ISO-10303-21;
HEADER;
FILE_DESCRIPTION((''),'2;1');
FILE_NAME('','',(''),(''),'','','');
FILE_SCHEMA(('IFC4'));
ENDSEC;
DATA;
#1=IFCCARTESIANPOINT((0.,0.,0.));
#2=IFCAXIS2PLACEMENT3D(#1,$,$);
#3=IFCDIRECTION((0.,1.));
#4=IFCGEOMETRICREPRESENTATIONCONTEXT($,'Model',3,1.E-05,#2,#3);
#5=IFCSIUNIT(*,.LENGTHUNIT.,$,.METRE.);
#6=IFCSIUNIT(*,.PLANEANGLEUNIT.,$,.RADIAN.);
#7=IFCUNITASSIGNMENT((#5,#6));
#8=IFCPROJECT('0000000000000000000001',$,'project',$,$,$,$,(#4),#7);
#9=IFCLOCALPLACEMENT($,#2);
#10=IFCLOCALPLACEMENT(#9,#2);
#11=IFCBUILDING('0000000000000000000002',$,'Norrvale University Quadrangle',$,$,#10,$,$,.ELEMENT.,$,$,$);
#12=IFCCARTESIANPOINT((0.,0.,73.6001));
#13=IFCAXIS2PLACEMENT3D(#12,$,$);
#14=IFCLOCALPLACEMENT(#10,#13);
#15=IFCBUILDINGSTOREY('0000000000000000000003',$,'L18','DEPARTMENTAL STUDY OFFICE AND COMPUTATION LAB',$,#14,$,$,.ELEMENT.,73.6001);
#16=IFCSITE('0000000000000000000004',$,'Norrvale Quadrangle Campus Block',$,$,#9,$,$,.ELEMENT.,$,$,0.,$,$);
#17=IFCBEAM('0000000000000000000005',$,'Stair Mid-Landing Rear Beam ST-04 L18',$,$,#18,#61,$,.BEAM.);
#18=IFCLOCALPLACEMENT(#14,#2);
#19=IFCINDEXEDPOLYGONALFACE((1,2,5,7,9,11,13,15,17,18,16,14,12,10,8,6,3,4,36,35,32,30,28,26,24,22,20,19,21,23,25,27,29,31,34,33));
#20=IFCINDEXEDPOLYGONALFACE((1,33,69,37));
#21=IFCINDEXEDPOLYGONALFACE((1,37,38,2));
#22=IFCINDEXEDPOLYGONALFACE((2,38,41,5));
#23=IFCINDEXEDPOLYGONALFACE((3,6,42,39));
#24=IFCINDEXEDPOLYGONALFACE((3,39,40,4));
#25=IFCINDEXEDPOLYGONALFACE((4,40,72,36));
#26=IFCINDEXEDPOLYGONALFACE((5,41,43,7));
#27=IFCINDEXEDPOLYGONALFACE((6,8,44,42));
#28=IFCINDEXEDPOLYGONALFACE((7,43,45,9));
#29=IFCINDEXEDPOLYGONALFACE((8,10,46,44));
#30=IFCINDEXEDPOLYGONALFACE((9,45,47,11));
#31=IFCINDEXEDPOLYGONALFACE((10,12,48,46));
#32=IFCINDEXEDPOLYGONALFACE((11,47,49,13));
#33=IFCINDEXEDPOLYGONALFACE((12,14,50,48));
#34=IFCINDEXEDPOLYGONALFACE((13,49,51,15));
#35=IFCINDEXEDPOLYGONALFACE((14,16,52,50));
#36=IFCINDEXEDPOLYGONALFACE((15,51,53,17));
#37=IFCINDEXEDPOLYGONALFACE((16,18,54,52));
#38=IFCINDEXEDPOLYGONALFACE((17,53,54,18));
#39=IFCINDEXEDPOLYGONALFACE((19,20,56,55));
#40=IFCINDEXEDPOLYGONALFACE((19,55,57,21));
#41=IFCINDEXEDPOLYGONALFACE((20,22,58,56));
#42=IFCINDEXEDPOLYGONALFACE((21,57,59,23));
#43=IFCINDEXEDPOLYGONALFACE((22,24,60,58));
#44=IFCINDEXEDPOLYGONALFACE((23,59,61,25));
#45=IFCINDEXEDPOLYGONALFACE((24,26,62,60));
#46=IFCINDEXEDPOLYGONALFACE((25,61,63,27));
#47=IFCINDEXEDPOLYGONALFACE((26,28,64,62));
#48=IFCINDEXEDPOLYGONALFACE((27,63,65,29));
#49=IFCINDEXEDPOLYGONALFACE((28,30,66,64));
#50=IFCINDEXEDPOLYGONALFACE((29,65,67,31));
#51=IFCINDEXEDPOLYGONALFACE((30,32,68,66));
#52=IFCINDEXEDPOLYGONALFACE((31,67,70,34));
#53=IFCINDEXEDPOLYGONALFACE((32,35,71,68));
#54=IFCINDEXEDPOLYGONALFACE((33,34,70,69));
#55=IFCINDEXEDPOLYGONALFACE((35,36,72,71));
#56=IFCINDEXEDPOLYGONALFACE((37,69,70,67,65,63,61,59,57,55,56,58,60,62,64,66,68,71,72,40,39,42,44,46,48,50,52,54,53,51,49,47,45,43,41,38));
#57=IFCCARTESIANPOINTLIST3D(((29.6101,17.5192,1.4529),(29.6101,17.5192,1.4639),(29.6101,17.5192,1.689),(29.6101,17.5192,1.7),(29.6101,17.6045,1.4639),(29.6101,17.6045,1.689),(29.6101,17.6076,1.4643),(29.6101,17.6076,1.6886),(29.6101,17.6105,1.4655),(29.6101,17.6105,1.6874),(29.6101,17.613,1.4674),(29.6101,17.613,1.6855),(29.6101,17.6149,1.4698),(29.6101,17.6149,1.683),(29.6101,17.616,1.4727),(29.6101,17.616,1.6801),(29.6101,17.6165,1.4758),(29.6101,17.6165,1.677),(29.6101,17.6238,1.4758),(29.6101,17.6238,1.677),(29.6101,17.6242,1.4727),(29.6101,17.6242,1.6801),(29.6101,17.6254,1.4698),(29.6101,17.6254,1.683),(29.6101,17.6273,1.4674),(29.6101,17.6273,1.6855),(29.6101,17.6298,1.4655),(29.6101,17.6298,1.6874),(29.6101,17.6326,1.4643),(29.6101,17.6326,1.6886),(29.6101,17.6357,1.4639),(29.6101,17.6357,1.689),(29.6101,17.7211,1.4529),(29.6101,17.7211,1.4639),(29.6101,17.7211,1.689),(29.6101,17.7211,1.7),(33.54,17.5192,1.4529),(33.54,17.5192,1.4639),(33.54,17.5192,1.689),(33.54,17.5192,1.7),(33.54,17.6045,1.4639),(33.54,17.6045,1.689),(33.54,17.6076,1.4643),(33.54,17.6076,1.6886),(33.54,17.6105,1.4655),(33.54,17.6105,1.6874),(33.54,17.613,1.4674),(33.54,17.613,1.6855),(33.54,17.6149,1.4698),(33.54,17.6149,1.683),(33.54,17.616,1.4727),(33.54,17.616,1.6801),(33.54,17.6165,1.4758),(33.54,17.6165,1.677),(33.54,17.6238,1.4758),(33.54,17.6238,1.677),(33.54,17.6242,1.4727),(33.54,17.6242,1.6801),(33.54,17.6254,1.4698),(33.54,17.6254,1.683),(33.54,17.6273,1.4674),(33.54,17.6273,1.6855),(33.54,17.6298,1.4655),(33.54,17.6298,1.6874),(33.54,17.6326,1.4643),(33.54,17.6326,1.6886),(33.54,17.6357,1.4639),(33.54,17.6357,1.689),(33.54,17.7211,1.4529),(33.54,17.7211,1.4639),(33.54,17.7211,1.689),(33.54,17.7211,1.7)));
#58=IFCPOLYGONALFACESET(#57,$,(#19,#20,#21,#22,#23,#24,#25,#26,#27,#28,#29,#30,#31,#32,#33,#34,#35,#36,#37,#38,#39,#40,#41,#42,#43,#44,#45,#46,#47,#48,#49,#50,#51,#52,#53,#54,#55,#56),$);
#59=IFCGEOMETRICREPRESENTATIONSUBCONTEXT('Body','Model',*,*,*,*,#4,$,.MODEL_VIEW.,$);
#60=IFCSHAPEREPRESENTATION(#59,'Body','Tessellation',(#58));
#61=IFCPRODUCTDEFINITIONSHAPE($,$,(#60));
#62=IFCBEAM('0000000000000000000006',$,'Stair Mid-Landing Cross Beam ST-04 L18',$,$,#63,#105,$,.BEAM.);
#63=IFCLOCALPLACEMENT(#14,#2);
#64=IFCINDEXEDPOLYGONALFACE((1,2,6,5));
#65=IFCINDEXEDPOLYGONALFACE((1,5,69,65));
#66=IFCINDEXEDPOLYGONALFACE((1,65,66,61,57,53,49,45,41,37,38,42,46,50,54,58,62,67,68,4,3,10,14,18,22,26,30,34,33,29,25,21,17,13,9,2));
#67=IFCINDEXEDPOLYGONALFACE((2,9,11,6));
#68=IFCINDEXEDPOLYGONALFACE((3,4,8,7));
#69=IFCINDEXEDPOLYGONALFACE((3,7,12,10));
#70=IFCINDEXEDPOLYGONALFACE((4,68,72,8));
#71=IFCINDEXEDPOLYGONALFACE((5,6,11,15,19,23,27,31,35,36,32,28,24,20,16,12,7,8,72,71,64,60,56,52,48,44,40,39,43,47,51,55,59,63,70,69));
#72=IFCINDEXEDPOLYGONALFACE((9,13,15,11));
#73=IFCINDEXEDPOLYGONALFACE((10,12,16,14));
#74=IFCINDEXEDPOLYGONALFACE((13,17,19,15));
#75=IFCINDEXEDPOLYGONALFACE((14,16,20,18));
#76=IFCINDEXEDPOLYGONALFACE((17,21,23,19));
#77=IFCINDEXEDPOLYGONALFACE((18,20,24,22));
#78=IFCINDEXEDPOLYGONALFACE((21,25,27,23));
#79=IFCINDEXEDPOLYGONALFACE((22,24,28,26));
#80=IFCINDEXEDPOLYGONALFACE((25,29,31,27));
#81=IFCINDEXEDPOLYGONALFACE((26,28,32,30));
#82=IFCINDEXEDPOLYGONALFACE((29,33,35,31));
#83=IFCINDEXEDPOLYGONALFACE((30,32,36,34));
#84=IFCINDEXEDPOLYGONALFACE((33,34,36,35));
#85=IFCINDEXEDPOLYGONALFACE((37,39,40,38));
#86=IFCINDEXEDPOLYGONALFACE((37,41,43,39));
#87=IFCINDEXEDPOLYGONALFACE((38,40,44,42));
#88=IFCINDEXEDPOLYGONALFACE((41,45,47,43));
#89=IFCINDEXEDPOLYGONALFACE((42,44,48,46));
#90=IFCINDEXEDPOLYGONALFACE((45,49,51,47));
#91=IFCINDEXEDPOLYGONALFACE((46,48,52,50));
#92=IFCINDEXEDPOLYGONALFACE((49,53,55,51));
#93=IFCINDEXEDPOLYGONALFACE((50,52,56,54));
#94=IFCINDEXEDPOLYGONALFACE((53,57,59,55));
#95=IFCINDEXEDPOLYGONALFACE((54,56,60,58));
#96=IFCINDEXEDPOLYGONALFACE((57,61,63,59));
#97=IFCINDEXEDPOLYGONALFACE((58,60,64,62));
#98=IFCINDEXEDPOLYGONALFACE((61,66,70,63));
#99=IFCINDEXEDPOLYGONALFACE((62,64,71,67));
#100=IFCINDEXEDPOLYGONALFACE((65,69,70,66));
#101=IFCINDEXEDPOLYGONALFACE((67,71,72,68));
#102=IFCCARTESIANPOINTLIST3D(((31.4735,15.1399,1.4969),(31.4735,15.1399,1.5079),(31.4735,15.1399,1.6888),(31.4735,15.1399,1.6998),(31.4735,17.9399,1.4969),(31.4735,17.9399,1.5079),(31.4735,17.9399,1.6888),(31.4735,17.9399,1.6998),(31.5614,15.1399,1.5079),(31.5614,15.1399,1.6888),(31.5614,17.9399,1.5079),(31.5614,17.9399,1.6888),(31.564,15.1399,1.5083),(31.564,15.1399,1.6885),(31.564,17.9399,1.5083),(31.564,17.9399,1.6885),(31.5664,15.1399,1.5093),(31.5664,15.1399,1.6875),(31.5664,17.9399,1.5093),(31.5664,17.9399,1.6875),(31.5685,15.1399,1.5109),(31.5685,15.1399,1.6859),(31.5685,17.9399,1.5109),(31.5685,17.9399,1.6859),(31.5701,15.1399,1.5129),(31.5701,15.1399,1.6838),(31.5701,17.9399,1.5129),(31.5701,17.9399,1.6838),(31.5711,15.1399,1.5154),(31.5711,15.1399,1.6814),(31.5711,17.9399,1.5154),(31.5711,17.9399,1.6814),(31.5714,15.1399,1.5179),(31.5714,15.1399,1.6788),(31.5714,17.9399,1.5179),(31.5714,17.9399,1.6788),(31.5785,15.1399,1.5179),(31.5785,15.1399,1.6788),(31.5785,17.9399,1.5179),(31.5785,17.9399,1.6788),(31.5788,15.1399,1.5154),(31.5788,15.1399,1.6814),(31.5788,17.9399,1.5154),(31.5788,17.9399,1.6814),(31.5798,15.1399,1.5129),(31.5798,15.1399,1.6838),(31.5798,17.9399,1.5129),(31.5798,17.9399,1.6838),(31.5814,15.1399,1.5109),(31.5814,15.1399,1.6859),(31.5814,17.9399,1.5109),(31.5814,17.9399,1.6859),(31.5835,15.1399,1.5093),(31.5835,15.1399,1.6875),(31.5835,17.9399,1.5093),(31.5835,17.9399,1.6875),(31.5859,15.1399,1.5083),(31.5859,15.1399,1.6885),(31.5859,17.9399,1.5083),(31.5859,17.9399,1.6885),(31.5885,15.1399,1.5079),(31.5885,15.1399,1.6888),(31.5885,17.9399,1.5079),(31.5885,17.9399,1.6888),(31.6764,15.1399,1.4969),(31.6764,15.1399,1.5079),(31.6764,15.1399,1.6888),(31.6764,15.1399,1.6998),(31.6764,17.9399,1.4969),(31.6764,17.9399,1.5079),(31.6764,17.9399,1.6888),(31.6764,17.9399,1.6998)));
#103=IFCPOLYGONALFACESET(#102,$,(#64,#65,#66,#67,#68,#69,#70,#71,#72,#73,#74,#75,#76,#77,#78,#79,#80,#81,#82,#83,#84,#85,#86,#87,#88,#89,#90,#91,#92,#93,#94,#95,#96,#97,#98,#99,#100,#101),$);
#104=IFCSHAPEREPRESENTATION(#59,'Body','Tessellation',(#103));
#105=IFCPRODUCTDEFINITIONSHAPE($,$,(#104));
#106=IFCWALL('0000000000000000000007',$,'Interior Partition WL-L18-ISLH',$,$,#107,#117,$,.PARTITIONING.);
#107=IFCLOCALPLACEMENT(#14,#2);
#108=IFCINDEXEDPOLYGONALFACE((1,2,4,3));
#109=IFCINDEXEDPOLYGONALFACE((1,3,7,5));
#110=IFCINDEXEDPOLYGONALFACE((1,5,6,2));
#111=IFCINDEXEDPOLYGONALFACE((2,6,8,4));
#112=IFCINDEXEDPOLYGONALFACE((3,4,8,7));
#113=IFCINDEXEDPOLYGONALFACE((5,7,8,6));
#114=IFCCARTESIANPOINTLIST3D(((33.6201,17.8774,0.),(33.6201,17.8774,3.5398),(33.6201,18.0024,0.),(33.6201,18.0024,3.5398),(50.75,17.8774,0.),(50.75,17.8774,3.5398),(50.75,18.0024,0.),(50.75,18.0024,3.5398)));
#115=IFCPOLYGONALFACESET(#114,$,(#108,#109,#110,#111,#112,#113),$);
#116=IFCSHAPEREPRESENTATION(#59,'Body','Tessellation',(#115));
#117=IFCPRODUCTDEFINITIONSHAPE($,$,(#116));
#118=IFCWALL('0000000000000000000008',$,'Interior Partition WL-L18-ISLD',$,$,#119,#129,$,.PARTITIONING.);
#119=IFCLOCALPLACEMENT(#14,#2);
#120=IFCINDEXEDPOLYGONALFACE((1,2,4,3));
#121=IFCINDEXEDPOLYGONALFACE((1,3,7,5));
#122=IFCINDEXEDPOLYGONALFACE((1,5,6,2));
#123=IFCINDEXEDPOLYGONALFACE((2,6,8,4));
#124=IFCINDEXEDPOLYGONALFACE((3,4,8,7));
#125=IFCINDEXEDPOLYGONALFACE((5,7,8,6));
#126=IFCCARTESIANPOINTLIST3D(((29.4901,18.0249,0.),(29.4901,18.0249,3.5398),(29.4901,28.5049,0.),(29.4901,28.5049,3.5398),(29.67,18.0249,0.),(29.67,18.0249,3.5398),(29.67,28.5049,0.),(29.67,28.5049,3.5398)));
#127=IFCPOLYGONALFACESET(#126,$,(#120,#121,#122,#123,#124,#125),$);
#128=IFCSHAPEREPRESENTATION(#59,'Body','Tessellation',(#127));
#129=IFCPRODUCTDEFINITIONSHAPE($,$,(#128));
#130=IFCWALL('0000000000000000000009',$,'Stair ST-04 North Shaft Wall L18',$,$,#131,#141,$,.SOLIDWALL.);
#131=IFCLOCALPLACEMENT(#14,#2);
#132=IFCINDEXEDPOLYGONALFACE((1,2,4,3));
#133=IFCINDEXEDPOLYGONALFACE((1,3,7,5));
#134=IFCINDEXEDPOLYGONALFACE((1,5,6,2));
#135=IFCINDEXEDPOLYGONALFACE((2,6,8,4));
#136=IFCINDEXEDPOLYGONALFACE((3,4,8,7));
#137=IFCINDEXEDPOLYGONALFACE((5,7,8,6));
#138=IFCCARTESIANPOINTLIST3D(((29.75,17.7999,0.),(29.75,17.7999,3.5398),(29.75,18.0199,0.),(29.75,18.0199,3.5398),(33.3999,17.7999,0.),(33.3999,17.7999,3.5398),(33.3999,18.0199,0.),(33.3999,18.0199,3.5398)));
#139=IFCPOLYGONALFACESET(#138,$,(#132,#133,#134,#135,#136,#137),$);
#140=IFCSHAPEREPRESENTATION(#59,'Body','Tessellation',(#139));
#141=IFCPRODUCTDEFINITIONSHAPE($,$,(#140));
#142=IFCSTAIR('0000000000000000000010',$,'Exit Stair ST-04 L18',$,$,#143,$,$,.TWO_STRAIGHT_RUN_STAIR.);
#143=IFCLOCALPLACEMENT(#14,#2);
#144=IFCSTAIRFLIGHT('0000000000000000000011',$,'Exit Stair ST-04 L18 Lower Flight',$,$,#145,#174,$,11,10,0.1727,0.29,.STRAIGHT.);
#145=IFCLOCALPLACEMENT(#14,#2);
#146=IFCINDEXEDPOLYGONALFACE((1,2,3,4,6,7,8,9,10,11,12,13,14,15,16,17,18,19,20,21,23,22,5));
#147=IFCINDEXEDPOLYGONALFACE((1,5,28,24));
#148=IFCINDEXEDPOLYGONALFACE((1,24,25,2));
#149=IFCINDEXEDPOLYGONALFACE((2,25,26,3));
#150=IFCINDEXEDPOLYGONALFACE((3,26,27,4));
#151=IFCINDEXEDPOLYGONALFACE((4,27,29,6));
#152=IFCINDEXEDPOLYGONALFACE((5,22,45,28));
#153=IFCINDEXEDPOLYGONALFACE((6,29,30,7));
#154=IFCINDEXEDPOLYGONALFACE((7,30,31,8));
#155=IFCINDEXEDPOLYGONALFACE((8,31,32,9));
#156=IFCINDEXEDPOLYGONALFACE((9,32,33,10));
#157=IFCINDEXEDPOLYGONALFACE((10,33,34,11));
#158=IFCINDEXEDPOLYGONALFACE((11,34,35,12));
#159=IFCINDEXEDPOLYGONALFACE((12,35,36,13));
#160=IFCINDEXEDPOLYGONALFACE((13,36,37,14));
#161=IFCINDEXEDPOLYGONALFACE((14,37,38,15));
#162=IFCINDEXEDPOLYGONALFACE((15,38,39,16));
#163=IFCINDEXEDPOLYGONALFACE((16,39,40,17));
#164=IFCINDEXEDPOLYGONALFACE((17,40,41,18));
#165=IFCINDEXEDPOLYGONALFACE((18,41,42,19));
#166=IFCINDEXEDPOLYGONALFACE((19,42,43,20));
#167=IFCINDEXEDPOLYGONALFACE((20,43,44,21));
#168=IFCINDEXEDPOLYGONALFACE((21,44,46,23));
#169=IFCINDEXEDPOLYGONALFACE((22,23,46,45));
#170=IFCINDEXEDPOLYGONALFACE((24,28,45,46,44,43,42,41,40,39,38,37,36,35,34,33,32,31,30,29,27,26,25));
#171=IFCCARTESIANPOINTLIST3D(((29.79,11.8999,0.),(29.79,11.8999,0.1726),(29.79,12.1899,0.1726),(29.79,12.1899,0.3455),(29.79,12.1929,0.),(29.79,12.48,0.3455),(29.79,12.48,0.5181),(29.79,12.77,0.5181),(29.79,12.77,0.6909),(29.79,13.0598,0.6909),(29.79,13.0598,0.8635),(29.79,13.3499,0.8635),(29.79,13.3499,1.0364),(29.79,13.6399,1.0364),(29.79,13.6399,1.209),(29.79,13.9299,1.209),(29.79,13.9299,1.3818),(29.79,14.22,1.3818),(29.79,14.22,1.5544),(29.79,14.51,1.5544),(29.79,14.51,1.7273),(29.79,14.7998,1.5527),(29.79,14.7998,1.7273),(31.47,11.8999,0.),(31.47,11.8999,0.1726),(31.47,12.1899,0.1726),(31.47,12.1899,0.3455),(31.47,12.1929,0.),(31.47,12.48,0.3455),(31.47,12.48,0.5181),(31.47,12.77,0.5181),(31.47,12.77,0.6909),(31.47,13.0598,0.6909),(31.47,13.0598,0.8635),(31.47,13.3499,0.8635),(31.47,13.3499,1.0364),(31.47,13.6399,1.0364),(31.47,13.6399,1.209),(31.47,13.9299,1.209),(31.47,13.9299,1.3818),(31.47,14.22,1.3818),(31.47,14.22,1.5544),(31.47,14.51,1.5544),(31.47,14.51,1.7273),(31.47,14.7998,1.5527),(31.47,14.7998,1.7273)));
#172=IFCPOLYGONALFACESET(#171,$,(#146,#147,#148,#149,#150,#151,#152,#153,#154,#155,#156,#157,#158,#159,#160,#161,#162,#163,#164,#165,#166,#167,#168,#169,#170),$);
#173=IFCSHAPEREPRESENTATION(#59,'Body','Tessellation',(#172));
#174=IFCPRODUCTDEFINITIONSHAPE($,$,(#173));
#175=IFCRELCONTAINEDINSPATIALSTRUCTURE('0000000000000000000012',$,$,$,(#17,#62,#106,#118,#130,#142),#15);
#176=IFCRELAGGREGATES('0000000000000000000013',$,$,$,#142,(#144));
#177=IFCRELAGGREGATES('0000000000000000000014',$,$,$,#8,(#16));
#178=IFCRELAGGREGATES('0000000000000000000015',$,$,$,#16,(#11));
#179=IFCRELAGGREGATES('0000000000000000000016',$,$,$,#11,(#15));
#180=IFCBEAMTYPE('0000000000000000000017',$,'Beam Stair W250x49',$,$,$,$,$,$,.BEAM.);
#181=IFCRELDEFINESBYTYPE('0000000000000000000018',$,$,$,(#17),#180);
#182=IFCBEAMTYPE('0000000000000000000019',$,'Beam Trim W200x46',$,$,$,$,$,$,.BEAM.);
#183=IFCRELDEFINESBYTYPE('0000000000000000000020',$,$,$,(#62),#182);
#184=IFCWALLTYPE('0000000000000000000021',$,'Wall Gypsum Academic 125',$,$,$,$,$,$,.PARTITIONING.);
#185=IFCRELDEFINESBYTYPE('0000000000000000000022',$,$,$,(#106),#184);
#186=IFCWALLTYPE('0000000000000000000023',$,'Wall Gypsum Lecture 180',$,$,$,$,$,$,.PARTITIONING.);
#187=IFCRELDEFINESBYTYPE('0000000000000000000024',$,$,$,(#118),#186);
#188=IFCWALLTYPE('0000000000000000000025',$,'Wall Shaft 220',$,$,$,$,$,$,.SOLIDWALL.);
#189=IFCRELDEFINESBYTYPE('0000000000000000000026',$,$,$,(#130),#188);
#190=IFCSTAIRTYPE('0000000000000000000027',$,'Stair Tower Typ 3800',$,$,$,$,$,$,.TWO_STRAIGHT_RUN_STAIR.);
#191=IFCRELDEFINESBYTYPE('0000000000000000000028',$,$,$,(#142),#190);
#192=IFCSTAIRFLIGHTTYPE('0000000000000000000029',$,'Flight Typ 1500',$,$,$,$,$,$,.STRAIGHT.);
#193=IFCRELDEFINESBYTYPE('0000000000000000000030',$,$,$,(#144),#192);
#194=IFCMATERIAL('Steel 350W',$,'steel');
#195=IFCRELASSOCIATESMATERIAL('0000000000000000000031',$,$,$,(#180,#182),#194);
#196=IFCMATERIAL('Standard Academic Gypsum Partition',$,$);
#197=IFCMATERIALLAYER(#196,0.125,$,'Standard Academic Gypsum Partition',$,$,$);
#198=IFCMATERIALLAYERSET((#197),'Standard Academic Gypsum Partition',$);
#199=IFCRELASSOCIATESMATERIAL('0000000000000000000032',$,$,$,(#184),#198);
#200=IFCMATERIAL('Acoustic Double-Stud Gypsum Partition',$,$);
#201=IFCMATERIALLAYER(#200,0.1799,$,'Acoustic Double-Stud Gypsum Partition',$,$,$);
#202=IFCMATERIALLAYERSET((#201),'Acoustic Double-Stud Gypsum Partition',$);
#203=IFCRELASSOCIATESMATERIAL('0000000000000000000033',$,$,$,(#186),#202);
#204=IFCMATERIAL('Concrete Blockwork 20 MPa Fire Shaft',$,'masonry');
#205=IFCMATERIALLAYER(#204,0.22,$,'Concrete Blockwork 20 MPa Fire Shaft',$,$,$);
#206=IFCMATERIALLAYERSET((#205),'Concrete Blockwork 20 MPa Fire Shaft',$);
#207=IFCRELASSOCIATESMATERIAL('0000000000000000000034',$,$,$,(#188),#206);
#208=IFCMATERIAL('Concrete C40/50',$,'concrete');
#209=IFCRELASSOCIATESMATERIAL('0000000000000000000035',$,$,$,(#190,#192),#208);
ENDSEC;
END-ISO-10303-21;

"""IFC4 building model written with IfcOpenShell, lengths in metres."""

from ifc_helpers import new_model, si_unit, direction, frame, frame_2d, origin, origin_2d, place, context, subcontext, project, spatial, polyline, rectangle, i_section, outline, extrude, material, layer, layer_set, material_profile, profile_set, type_object, element, aggregate, save


model = new_model("IFC4")

# Units and contexts
model_context = context("Model", 3, precision=1e-05, world=origin(), true_north=direction((0.0, 1.0)))
body_context = subcontext(model_context, "Body", "Model", "MODEL_VIEW")
ifc_project = project(units=[si_unit("LENGTHUNIT", "METRE"), si_unit("PLANEANGLEUNIT", "RADIAN")], contexts=[model_context])

# Site, building, storey
site_placement = place(None, origin())
site = spatial("IfcSite", under=ifc_project, at=site_placement, Name="Norrvale Quadrangle Campus Block", CompositionType="ELEMENT", RefElevation=0.0)
building_placement = place(site_placement, origin())
building = spatial("IfcBuilding", under=site, at=building_placement, Name="Norrvale University Quadrangle", CompositionType="ELEMENT")
storey_placement = place(building_placement, frame((0.0, 0.0, 73.6001)))
storey = spatial("IfcBuildingStorey", under=building, at=storey_placement, Name="L18", Description="DEPARTMENTAL STUDY OFFICE AND COMPUTATION LAB", CompositionType="ELEMENT", Elevation=73.6001)

# Beams
ifc_material_1 = material(Name="Steel 350W", Category="steel")
ifc_material_profile_1 = material_profile(ifc_material_1, i_section(OverallWidth=0.2019, OverallDepth=0.2471, WebThickness=0.0073, FlangeThickness=0.011, FilletRadius=0.012, at=origin_2d()), Name="Steel 350W")
ifc_profile_set_1 = profile_set([ifc_material_profile_1], Name="Steel 350W")
beam_type_1 = type_object("IfcBeamType", Name="Beam Stair W250x49", PredefinedType="BEAM", material=ifc_profile_set_1)
for number, where, z_axis, x_axis, name in (
    (1, (29.6101, 17.6201, 1.5764), (1.0, 0.0, 0.0), (0.0, 1.0, 0.0), "Stair Mid-Landing Rear Beam ST-04 L18"),
):
    element("IfcBeam", number, at=place(storey_placement, frame(where, z_axis=z_axis, x_axis=x_axis)), inside=storey, type_object=beam_type_1, Name=name, PredefinedType="BEAM", context=body_context, shape_type="SweptSolid", body=[
        extrude(i_section(OverallWidth=0.2019, OverallDepth=0.2471, WebThickness=0.0073, FlangeThickness=0.011, FilletRadius=0.012, at=origin_2d()), origin(), (0.0, 0.0, 1.0), 3.9299),
    ])
ifc_material_profile_2 = material_profile(ifc_material_1, i_section(OverallWidth=0.2029, OverallDepth=0.2029, WebThickness=0.0071, FlangeThickness=0.011, FilletRadius=0.01, at=origin_2d()), Name="Steel 350W")
ifc_profile_set_2 = profile_set([ifc_material_profile_2], Name="Steel 350W")
beam_type_2 = type_object("IfcBeamType", Name="Beam Trim W200x46", PredefinedType="BEAM", material=ifc_profile_set_2)
beam_1_placement = place(storey_placement, frame((31.575, 15.1399, 1.5984), z_axis=(0.0, 1.0, 0.0), x_axis=(-1.0, 0.0, 0.0)))
element("IfcBeam", 2, at=beam_1_placement, inside=storey, type_object=beam_type_2, Name="Stair Mid-Landing Cross Beam ST-04 L18", PredefinedType="BEAM", context=body_context, shape_type="SweptSolid", body=[
    extrude(i_section(OverallWidth=0.2029, OverallDepth=0.2029, WebThickness=0.0071, FlangeThickness=0.011, FilletRadius=0.01, at=origin_2d()), origin(), (0.0, 0.0, 1.0), 2.8),
])

# Walls
ifc_material_2 = material(Name="Standard Academic Gypsum Partition")
ifc_layer_1 = layer(ifc_material_2, 0.125, Name="Standard Academic Gypsum Partition")
ifc_layer_set_1 = layer_set([ifc_layer_1], Name="Standard Academic Gypsum Partition")
wall_type_1 = type_object("IfcWallType", Name="Wall Gypsum Academic 125", PredefinedType="PARTITIONING", material=ifc_layer_set_1)
wall_1_placement = place(storey_placement, frame((33.6201, 17.9399, 0.0), z_axis=(0.0, 0.0, 1.0), x_axis=(1.0, 0.0, 0.0)))
element("IfcWall", 3, at=wall_1_placement, inside=storey, type_object=wall_type_1, Name="Interior Partition WL-L18-ISLH", PredefinedType="PARTITIONING", context=body_context, shape_type="SweptSolid", body=[
    extrude(rectangle(XDim=17.1299, YDim=0.125, at=frame_2d((8.5649, 0.0))), origin(), (0.0, 0.0, 1.0), 3.5398),
])
ifc_material_3 = material(Name="Acoustic Double-Stud Gypsum Partition")
ifc_layer_2 = layer(ifc_material_3, 0.1799, Name="Acoustic Double-Stud Gypsum Partition")
ifc_layer_set_2 = layer_set([ifc_layer_2], Name="Acoustic Double-Stud Gypsum Partition")
wall_type_2 = type_object("IfcWallType", Name="Wall Gypsum Lecture 180", PredefinedType="PARTITIONING", material=ifc_layer_set_2)
wall_2_placement = place(storey_placement, frame((29.5801, 18.0249, 0.0), z_axis=(0.0, 0.0, 1.0), x_axis=(0.0, 1.0, 0.0)))
element("IfcWall", 4, at=wall_2_placement, inside=storey, type_object=wall_type_2, Name="Interior Partition WL-L18-ISLD", PredefinedType="PARTITIONING", context=body_context, shape_type="SweptSolid", body=[
    extrude(rectangle(XDim=10.48, YDim=0.1799, at=frame_2d((5.24, 0.0))), origin(), (0.0, 0.0, 1.0), 3.5398),
])
ifc_material_4 = material(Name="Concrete Blockwork 20 MPa Fire Shaft", Category="masonry")
ifc_layer_3 = layer(ifc_material_4, 0.22, Name="Concrete Blockwork 20 MPa Fire Shaft")
ifc_layer_set_3 = layer_set([ifc_layer_3], Name="Concrete Blockwork 20 MPa Fire Shaft")
wall_type_3 = type_object("IfcWallType", Name="Wall Shaft 220", PredefinedType="SOLIDWALL", material=ifc_layer_set_3)
wall_3_placement = place(storey_placement, frame((29.75, 17.9099, 0.0), z_axis=(0.0, 0.0, 1.0), x_axis=(1.0, 0.0, 0.0)))
element("IfcWall", 5, at=wall_3_placement, inside=storey, type_object=wall_type_3, Name="Stair ST-04 North Shaft Wall L18", PredefinedType="SOLIDWALL", context=body_context, shape_type="SweptSolid", body=[
    extrude(rectangle(XDim=3.6499, YDim=0.22, at=frame_2d((1.825, 0.0))), origin(), (0.0, 0.0, 1.0), 3.5398),
])

# Stair, stair flight
ifc_material_5 = material(Name="Concrete C40/50", Category="concrete")
stair_type = type_object("IfcStairType", Name="Stair Tower Typ 3800", PredefinedType="TWO_STRAIGHT_RUN_STAIR", material=ifc_material_5)
stair_placement = place(storey_placement, origin())
stair = element("IfcStair", 6, at=stair_placement, inside=storey, type_object=stair_type, Name="Exit Stair ST-04 L18", PredefinedType="TWO_STRAIGHT_RUN_STAIR")
stair_flight_type = type_object("IfcStairFlightType", Name="Flight Typ 1500", PredefinedType="STRAIGHT", material=ifc_material_5)
stair_flight_1_placement = place(storey_placement, frame((30.6299, 11.8999, 0.0), z_axis=(0.0, 0.0, 1.0), x_axis=(0.0, 1.0, 0.0)))
stair_flight_1 = element("IfcStairFlight", 7, at=stair_flight_1_placement, type_object=stair_flight_type, Name="Exit Stair ST-04 L18 Lower Flight", NumberOfRisers=11, NumberOfTreads=10, PredefinedType="STRAIGHT", RiserHeight=0.1727, TreadLength=0.29, context=body_context, shape_type="SweptSolid", body=[
    extrude(outline(polyline([(0.0, 0.0), (0.0, 0.1726), (0.29, 0.1726), (0.29, 0.3455), (0.5801, 0.3455), (0.5801, 0.5181), (0.8701, 0.5181), (0.8701, 0.6909), (1.1599, 0.6909), (1.1599, 0.8635), (1.45, 0.8635), (1.45, 1.0364), (1.74, 1.0364), (1.74, 1.209), (2.03, 1.209), (2.03, 1.3818), (2.3201, 1.3818), (2.3201, 1.5544), (2.6101, 1.5544), (2.6101, 1.7273), (2.8999, 1.7273), (2.8999, 1.8999), (2.8999, 1.5527), (0.293, 0.0), (0.0, 0.0)])), frame((0.0, 0.8398, 0.0), z_axis=(0.0, -1.0, 0.0), x_axis=(1.0, 0.0, 0.0)), (0.0, 0.0, 1.0), 1.6799),
])
aggregate(stair, [stair_flight_1])

save(model, "model.ifc")
